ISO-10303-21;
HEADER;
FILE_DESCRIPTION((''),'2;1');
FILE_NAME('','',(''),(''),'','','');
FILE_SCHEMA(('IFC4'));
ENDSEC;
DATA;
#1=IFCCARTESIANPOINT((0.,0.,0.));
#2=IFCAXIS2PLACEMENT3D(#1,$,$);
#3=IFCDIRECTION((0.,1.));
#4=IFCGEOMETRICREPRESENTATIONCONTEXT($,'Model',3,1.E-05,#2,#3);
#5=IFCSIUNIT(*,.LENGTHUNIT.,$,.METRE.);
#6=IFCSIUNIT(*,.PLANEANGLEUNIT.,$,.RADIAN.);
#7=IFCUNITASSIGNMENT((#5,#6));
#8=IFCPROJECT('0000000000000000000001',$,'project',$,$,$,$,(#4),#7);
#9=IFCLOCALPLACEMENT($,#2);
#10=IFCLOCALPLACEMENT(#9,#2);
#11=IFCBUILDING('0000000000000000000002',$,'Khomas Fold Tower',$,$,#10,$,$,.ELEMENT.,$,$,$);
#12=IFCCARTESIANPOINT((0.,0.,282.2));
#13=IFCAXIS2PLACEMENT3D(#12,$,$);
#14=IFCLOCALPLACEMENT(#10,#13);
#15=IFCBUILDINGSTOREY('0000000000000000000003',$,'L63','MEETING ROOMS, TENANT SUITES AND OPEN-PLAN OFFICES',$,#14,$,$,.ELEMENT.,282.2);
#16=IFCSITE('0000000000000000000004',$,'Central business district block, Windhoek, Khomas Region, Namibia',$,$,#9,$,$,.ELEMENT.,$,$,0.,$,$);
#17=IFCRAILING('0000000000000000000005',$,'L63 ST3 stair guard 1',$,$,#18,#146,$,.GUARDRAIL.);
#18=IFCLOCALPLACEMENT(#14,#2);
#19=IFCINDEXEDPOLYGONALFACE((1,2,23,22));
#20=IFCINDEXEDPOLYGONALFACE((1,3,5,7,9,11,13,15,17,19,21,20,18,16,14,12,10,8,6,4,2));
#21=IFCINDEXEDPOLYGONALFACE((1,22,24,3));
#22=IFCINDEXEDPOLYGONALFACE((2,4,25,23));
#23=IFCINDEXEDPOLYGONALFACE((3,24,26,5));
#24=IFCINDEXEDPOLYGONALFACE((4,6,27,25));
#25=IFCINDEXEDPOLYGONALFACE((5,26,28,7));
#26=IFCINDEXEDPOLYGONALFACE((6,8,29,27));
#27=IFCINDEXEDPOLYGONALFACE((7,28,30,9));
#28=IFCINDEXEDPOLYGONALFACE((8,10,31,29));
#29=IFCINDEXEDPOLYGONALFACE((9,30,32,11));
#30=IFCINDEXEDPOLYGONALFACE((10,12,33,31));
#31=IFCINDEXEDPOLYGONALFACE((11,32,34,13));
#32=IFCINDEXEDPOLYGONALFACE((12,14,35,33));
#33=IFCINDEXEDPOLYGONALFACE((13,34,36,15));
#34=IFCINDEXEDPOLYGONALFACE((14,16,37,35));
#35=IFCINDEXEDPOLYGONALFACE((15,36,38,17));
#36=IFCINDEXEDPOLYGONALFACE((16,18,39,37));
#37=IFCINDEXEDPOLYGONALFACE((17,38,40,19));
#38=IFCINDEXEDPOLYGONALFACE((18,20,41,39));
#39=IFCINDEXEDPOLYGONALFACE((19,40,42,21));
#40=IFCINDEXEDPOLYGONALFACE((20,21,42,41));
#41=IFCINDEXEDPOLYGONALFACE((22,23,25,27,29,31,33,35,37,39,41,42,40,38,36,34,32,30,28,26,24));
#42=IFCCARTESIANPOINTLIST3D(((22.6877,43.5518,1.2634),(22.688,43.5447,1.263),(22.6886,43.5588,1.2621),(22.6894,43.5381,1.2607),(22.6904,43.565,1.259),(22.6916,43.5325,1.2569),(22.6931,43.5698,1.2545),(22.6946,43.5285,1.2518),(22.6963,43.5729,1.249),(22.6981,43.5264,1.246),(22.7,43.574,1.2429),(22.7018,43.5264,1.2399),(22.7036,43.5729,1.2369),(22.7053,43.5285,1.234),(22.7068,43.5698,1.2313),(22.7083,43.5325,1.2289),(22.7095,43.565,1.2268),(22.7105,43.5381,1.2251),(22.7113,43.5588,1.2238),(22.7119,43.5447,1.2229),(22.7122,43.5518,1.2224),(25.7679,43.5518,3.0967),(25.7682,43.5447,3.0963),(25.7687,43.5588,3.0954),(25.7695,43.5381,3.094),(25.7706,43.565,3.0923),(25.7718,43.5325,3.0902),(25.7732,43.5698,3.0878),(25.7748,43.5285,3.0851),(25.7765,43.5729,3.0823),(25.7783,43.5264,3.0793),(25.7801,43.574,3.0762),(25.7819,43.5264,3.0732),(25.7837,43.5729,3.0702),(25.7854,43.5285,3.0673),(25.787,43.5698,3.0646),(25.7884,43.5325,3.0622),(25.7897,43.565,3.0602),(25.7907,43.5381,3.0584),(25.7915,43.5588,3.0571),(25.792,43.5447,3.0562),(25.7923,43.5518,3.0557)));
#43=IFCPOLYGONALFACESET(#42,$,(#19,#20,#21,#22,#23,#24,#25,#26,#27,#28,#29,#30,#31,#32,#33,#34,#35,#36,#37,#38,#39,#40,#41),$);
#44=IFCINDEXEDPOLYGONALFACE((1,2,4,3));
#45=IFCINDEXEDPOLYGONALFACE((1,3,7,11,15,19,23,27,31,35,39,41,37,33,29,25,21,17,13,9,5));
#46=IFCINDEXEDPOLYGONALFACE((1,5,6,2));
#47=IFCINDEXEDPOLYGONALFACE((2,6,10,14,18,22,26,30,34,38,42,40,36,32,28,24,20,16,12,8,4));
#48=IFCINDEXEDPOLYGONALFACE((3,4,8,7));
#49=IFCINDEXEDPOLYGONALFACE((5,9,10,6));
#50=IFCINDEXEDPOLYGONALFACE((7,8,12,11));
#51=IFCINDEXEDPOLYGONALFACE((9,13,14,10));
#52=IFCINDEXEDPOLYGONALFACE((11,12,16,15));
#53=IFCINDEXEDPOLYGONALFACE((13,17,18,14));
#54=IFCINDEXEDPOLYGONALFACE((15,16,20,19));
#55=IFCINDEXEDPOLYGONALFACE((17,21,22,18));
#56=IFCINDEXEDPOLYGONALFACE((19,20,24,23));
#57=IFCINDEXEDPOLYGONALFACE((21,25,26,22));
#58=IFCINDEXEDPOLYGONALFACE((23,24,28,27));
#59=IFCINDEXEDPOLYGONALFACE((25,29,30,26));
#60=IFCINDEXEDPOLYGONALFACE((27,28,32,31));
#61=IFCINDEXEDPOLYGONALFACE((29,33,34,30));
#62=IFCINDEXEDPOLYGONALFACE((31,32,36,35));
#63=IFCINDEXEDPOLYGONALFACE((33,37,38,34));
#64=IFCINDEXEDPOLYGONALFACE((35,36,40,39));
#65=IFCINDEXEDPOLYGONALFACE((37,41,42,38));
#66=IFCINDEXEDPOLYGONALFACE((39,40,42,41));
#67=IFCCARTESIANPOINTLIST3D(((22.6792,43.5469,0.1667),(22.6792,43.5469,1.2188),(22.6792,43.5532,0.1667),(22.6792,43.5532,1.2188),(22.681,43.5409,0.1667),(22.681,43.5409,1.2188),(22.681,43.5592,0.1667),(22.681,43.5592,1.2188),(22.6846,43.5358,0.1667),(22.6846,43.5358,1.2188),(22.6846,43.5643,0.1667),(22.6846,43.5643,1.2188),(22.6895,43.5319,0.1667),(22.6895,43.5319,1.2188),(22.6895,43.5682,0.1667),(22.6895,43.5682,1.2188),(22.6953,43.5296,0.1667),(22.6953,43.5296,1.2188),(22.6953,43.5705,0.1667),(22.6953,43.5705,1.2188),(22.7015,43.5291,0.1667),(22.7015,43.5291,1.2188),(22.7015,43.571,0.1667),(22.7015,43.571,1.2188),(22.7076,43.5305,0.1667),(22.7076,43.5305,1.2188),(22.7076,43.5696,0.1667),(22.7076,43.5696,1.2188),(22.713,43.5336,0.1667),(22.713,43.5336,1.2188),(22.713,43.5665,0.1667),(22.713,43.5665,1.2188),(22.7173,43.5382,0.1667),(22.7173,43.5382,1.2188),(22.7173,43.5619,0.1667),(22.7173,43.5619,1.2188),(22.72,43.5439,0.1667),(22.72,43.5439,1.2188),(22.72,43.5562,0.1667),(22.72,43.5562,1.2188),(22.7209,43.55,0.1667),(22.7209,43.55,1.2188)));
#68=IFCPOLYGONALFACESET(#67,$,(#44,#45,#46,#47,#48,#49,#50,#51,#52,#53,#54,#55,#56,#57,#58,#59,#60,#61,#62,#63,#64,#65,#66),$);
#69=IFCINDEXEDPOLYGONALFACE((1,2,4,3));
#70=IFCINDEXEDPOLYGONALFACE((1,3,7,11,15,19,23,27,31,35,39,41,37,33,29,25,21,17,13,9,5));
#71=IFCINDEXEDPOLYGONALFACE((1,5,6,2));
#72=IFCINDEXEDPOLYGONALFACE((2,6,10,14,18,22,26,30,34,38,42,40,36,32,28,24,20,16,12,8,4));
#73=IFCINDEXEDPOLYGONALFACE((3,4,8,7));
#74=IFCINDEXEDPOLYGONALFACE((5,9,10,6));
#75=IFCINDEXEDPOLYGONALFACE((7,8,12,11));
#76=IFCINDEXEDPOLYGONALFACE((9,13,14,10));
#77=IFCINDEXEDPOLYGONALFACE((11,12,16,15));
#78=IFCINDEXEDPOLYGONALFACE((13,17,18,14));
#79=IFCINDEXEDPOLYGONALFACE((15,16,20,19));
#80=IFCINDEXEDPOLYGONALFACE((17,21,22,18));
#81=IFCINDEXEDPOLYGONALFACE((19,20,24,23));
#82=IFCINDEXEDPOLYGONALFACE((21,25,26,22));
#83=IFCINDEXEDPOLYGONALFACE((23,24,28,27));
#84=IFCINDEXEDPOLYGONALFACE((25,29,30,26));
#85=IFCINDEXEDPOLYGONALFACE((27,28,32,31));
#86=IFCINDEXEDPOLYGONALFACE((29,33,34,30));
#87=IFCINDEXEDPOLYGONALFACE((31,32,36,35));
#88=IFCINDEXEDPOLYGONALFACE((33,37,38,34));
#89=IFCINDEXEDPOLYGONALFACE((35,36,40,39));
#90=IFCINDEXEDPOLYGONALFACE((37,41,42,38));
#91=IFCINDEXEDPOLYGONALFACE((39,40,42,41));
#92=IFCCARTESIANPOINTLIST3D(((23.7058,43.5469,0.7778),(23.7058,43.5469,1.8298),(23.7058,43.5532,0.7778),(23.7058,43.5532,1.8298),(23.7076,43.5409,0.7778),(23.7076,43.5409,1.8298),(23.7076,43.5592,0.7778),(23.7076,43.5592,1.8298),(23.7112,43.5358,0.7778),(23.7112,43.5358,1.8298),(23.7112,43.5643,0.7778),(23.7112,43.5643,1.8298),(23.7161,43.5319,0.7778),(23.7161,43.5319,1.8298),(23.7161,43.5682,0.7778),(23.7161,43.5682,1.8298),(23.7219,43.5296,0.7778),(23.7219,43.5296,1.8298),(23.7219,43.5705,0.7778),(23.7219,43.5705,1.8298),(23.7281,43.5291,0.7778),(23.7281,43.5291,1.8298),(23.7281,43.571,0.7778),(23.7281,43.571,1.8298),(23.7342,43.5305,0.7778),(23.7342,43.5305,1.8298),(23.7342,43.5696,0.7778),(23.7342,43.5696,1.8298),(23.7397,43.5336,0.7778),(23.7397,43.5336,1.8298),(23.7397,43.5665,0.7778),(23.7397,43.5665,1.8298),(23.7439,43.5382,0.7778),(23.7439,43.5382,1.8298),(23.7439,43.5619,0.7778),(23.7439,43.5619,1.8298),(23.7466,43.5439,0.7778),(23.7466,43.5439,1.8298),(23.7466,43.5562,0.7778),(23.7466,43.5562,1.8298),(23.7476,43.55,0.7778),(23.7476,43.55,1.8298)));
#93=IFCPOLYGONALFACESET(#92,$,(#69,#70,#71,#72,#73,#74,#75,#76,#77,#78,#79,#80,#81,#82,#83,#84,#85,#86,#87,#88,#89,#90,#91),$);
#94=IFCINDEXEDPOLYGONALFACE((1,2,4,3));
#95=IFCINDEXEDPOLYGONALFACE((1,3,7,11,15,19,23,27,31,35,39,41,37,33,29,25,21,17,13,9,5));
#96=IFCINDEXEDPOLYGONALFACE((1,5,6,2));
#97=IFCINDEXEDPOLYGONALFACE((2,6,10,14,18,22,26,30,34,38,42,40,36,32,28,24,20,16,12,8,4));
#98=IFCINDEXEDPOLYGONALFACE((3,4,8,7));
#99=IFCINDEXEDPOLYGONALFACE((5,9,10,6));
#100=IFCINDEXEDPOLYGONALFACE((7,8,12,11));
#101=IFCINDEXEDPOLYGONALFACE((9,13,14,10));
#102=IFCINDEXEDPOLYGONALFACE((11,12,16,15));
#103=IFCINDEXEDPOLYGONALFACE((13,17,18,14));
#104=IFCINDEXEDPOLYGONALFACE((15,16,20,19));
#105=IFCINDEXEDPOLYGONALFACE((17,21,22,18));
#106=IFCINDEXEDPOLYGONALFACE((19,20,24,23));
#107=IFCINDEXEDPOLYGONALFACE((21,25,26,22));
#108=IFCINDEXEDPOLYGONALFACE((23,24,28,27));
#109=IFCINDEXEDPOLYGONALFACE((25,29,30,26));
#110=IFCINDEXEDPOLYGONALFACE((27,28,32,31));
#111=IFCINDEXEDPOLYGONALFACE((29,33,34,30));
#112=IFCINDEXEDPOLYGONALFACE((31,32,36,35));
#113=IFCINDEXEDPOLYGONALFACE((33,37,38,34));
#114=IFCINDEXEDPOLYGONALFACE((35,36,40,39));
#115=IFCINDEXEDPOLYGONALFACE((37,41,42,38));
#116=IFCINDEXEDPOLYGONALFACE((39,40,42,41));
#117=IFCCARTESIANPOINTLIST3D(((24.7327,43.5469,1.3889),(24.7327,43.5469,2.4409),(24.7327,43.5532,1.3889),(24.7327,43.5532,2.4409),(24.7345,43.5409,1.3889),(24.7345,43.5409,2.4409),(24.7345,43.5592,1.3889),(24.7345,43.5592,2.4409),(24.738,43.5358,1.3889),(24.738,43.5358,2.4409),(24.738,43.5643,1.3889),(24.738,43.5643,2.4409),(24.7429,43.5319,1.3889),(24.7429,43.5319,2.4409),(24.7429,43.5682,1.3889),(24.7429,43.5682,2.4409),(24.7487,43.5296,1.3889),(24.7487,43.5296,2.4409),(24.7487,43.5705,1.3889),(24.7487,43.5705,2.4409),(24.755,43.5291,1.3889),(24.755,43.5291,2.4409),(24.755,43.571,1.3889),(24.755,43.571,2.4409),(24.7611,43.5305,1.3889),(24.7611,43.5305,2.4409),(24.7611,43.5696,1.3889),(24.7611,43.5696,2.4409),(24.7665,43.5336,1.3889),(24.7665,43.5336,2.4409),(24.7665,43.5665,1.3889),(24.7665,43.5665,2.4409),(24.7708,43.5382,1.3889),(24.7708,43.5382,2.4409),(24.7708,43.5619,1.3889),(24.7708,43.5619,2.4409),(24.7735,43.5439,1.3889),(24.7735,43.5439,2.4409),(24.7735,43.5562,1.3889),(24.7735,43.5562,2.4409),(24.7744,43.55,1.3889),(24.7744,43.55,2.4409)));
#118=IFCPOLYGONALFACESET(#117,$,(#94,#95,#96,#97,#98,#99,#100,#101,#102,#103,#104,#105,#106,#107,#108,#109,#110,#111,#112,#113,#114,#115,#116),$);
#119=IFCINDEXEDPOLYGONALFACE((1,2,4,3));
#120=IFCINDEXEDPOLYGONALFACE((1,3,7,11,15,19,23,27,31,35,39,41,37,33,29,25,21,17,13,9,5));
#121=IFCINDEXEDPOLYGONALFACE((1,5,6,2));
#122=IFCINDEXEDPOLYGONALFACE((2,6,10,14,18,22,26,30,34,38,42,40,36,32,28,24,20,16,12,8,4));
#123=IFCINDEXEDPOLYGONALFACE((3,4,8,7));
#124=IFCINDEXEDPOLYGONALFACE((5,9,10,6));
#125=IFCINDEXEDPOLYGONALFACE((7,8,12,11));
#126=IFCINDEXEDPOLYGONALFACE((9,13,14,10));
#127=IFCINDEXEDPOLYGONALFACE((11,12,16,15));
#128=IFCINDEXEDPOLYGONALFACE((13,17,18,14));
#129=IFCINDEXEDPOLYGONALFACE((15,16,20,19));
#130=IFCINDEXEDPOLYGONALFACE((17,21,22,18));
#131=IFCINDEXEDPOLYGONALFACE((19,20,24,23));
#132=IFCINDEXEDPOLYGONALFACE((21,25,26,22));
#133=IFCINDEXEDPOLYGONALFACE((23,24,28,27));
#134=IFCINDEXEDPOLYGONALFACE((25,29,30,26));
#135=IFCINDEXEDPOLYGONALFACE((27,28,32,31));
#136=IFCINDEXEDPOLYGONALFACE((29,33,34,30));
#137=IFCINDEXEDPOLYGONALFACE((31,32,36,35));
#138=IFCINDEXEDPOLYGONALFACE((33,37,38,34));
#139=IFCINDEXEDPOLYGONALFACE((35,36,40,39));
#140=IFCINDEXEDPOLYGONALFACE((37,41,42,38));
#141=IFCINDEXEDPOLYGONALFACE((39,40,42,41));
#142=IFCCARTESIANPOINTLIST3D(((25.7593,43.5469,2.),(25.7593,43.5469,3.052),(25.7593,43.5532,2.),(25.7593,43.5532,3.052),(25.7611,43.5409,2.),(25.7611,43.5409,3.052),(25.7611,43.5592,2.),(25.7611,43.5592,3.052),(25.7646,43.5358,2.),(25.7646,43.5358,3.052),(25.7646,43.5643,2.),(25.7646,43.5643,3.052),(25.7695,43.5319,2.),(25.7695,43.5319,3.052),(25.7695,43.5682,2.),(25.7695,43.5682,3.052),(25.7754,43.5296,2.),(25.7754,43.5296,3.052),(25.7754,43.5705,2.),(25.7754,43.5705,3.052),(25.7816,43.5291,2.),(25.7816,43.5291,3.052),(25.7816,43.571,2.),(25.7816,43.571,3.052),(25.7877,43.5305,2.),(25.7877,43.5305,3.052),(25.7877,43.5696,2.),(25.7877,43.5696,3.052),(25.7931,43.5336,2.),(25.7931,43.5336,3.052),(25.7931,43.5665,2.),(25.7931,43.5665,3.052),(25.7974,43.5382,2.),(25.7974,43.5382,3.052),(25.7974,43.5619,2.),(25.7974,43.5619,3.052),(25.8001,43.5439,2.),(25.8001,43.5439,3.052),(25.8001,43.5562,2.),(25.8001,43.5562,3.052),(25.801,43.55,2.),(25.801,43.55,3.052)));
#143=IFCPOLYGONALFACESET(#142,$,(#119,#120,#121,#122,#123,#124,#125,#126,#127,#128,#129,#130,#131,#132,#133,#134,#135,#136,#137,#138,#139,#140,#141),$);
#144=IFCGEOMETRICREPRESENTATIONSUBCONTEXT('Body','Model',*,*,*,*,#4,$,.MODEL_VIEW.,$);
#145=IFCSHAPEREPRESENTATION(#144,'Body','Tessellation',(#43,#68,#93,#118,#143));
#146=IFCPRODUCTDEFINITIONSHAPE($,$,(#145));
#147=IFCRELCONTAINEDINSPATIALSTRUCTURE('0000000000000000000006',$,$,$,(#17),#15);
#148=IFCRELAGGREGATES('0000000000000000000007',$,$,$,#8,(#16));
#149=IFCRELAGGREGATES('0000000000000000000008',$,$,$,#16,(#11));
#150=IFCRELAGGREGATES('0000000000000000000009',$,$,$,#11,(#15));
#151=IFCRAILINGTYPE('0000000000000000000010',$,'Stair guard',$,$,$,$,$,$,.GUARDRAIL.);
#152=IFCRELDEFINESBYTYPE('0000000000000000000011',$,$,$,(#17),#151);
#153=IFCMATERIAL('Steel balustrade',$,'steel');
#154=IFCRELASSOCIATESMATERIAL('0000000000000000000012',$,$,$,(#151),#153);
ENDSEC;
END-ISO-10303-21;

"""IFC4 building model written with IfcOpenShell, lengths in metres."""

from ifc_helpers import new_model, si_unit, direction, frame, origin, origin_2d, place, context, subcontext, project, spatial, circle, extrude, source, transform, mapped, material, type_object, element, save


model = new_model("IFC4")

# Units and contexts
model_context = context("Model", 3, precision=1e-05, world=origin(), true_north=direction((0.0, 1.0)))
body_context = subcontext(model_context, "Body", "Model", "MODEL_VIEW")
ifc_project = project(units=[si_unit("LENGTHUNIT", "METRE"), si_unit("PLANEANGLEUNIT", "RADIAN")], contexts=[model_context])

# Site, building, storey
site_placement = place(None, origin())
site = spatial("IfcSite", under=ifc_project, at=site_placement, Name="Central business district block, Windhoek, Khomas Region, Namibia", CompositionType="ELEMENT", RefElevation=0.0)
building_placement = place(site_placement, origin())
building = spatial("IfcBuilding", under=site, at=building_placement, Name="Khomas Fold Tower", CompositionType="ELEMENT")
storey_placement = place(building_placement, frame((0.0, 0.0, 282.2)))
storey = spatial("IfcBuildingStorey", under=building, at=storey_placement, Name="L63", Description="MEETING ROOMS, TENANT SUITES AND OPEN-PLAN OFFICES", CompositionType="ELEMENT", Elevation=282.2)

# Railing
ifc_material_1 = material(Name="Steel balustrade", Category="steel")
railing_type_1 = type_object("IfcRailingType", Name="Stair guard", PredefinedType="GUARDRAIL", material=ifc_material_1)
shared_shape_1 = source(origin(), body_context, "Body", "SweptSolid", [
    extrude(circle(Radius=0.0239, at=origin_2d()), frame((0.0, 0.0, 1.0762), z_axis=(0.859309, 0.0, 0.511458), x_axis=(0.0, 1.0, 0.0)), (0.0, 0.0, 1.0), 3.5845),
    extrude(circle(Radius=0.021, at=origin_2d()), origin(), (0.0, 0.0, 1.0), 1.052),
    extrude(circle(Radius=0.021, at=origin_2d()), frame((1.0266, 0.0, 0.6111)), (0.0, 0.0, 1.0), 1.052),
    extrude(circle(Radius=0.021, at=origin_2d()), frame((2.0535, 0.0, 1.2222)), (0.0, 0.0, 1.0), 1.052),
    extrude(circle(Radius=0.021, at=origin_2d()), frame((3.0801, 0.0, 1.8333)), (0.0, 0.0, 1.0), 1.052),
])
railing_1_placement = place(storey_placement, frame((22.7, 43.55, 0.1667)))
element("IfcRailing", 1, at=railing_1_placement, inside=storey, type_object=railing_type_1, Name="L63 ST3 stair guard 1", PredefinedType="GUARDRAIL", context=body_context, shape_type="MappedRepresentation", body=[
    mapped(shared_shape_1, transform((0.0, 0.0, 0.0))),
])

save(model, "model.ifc")
